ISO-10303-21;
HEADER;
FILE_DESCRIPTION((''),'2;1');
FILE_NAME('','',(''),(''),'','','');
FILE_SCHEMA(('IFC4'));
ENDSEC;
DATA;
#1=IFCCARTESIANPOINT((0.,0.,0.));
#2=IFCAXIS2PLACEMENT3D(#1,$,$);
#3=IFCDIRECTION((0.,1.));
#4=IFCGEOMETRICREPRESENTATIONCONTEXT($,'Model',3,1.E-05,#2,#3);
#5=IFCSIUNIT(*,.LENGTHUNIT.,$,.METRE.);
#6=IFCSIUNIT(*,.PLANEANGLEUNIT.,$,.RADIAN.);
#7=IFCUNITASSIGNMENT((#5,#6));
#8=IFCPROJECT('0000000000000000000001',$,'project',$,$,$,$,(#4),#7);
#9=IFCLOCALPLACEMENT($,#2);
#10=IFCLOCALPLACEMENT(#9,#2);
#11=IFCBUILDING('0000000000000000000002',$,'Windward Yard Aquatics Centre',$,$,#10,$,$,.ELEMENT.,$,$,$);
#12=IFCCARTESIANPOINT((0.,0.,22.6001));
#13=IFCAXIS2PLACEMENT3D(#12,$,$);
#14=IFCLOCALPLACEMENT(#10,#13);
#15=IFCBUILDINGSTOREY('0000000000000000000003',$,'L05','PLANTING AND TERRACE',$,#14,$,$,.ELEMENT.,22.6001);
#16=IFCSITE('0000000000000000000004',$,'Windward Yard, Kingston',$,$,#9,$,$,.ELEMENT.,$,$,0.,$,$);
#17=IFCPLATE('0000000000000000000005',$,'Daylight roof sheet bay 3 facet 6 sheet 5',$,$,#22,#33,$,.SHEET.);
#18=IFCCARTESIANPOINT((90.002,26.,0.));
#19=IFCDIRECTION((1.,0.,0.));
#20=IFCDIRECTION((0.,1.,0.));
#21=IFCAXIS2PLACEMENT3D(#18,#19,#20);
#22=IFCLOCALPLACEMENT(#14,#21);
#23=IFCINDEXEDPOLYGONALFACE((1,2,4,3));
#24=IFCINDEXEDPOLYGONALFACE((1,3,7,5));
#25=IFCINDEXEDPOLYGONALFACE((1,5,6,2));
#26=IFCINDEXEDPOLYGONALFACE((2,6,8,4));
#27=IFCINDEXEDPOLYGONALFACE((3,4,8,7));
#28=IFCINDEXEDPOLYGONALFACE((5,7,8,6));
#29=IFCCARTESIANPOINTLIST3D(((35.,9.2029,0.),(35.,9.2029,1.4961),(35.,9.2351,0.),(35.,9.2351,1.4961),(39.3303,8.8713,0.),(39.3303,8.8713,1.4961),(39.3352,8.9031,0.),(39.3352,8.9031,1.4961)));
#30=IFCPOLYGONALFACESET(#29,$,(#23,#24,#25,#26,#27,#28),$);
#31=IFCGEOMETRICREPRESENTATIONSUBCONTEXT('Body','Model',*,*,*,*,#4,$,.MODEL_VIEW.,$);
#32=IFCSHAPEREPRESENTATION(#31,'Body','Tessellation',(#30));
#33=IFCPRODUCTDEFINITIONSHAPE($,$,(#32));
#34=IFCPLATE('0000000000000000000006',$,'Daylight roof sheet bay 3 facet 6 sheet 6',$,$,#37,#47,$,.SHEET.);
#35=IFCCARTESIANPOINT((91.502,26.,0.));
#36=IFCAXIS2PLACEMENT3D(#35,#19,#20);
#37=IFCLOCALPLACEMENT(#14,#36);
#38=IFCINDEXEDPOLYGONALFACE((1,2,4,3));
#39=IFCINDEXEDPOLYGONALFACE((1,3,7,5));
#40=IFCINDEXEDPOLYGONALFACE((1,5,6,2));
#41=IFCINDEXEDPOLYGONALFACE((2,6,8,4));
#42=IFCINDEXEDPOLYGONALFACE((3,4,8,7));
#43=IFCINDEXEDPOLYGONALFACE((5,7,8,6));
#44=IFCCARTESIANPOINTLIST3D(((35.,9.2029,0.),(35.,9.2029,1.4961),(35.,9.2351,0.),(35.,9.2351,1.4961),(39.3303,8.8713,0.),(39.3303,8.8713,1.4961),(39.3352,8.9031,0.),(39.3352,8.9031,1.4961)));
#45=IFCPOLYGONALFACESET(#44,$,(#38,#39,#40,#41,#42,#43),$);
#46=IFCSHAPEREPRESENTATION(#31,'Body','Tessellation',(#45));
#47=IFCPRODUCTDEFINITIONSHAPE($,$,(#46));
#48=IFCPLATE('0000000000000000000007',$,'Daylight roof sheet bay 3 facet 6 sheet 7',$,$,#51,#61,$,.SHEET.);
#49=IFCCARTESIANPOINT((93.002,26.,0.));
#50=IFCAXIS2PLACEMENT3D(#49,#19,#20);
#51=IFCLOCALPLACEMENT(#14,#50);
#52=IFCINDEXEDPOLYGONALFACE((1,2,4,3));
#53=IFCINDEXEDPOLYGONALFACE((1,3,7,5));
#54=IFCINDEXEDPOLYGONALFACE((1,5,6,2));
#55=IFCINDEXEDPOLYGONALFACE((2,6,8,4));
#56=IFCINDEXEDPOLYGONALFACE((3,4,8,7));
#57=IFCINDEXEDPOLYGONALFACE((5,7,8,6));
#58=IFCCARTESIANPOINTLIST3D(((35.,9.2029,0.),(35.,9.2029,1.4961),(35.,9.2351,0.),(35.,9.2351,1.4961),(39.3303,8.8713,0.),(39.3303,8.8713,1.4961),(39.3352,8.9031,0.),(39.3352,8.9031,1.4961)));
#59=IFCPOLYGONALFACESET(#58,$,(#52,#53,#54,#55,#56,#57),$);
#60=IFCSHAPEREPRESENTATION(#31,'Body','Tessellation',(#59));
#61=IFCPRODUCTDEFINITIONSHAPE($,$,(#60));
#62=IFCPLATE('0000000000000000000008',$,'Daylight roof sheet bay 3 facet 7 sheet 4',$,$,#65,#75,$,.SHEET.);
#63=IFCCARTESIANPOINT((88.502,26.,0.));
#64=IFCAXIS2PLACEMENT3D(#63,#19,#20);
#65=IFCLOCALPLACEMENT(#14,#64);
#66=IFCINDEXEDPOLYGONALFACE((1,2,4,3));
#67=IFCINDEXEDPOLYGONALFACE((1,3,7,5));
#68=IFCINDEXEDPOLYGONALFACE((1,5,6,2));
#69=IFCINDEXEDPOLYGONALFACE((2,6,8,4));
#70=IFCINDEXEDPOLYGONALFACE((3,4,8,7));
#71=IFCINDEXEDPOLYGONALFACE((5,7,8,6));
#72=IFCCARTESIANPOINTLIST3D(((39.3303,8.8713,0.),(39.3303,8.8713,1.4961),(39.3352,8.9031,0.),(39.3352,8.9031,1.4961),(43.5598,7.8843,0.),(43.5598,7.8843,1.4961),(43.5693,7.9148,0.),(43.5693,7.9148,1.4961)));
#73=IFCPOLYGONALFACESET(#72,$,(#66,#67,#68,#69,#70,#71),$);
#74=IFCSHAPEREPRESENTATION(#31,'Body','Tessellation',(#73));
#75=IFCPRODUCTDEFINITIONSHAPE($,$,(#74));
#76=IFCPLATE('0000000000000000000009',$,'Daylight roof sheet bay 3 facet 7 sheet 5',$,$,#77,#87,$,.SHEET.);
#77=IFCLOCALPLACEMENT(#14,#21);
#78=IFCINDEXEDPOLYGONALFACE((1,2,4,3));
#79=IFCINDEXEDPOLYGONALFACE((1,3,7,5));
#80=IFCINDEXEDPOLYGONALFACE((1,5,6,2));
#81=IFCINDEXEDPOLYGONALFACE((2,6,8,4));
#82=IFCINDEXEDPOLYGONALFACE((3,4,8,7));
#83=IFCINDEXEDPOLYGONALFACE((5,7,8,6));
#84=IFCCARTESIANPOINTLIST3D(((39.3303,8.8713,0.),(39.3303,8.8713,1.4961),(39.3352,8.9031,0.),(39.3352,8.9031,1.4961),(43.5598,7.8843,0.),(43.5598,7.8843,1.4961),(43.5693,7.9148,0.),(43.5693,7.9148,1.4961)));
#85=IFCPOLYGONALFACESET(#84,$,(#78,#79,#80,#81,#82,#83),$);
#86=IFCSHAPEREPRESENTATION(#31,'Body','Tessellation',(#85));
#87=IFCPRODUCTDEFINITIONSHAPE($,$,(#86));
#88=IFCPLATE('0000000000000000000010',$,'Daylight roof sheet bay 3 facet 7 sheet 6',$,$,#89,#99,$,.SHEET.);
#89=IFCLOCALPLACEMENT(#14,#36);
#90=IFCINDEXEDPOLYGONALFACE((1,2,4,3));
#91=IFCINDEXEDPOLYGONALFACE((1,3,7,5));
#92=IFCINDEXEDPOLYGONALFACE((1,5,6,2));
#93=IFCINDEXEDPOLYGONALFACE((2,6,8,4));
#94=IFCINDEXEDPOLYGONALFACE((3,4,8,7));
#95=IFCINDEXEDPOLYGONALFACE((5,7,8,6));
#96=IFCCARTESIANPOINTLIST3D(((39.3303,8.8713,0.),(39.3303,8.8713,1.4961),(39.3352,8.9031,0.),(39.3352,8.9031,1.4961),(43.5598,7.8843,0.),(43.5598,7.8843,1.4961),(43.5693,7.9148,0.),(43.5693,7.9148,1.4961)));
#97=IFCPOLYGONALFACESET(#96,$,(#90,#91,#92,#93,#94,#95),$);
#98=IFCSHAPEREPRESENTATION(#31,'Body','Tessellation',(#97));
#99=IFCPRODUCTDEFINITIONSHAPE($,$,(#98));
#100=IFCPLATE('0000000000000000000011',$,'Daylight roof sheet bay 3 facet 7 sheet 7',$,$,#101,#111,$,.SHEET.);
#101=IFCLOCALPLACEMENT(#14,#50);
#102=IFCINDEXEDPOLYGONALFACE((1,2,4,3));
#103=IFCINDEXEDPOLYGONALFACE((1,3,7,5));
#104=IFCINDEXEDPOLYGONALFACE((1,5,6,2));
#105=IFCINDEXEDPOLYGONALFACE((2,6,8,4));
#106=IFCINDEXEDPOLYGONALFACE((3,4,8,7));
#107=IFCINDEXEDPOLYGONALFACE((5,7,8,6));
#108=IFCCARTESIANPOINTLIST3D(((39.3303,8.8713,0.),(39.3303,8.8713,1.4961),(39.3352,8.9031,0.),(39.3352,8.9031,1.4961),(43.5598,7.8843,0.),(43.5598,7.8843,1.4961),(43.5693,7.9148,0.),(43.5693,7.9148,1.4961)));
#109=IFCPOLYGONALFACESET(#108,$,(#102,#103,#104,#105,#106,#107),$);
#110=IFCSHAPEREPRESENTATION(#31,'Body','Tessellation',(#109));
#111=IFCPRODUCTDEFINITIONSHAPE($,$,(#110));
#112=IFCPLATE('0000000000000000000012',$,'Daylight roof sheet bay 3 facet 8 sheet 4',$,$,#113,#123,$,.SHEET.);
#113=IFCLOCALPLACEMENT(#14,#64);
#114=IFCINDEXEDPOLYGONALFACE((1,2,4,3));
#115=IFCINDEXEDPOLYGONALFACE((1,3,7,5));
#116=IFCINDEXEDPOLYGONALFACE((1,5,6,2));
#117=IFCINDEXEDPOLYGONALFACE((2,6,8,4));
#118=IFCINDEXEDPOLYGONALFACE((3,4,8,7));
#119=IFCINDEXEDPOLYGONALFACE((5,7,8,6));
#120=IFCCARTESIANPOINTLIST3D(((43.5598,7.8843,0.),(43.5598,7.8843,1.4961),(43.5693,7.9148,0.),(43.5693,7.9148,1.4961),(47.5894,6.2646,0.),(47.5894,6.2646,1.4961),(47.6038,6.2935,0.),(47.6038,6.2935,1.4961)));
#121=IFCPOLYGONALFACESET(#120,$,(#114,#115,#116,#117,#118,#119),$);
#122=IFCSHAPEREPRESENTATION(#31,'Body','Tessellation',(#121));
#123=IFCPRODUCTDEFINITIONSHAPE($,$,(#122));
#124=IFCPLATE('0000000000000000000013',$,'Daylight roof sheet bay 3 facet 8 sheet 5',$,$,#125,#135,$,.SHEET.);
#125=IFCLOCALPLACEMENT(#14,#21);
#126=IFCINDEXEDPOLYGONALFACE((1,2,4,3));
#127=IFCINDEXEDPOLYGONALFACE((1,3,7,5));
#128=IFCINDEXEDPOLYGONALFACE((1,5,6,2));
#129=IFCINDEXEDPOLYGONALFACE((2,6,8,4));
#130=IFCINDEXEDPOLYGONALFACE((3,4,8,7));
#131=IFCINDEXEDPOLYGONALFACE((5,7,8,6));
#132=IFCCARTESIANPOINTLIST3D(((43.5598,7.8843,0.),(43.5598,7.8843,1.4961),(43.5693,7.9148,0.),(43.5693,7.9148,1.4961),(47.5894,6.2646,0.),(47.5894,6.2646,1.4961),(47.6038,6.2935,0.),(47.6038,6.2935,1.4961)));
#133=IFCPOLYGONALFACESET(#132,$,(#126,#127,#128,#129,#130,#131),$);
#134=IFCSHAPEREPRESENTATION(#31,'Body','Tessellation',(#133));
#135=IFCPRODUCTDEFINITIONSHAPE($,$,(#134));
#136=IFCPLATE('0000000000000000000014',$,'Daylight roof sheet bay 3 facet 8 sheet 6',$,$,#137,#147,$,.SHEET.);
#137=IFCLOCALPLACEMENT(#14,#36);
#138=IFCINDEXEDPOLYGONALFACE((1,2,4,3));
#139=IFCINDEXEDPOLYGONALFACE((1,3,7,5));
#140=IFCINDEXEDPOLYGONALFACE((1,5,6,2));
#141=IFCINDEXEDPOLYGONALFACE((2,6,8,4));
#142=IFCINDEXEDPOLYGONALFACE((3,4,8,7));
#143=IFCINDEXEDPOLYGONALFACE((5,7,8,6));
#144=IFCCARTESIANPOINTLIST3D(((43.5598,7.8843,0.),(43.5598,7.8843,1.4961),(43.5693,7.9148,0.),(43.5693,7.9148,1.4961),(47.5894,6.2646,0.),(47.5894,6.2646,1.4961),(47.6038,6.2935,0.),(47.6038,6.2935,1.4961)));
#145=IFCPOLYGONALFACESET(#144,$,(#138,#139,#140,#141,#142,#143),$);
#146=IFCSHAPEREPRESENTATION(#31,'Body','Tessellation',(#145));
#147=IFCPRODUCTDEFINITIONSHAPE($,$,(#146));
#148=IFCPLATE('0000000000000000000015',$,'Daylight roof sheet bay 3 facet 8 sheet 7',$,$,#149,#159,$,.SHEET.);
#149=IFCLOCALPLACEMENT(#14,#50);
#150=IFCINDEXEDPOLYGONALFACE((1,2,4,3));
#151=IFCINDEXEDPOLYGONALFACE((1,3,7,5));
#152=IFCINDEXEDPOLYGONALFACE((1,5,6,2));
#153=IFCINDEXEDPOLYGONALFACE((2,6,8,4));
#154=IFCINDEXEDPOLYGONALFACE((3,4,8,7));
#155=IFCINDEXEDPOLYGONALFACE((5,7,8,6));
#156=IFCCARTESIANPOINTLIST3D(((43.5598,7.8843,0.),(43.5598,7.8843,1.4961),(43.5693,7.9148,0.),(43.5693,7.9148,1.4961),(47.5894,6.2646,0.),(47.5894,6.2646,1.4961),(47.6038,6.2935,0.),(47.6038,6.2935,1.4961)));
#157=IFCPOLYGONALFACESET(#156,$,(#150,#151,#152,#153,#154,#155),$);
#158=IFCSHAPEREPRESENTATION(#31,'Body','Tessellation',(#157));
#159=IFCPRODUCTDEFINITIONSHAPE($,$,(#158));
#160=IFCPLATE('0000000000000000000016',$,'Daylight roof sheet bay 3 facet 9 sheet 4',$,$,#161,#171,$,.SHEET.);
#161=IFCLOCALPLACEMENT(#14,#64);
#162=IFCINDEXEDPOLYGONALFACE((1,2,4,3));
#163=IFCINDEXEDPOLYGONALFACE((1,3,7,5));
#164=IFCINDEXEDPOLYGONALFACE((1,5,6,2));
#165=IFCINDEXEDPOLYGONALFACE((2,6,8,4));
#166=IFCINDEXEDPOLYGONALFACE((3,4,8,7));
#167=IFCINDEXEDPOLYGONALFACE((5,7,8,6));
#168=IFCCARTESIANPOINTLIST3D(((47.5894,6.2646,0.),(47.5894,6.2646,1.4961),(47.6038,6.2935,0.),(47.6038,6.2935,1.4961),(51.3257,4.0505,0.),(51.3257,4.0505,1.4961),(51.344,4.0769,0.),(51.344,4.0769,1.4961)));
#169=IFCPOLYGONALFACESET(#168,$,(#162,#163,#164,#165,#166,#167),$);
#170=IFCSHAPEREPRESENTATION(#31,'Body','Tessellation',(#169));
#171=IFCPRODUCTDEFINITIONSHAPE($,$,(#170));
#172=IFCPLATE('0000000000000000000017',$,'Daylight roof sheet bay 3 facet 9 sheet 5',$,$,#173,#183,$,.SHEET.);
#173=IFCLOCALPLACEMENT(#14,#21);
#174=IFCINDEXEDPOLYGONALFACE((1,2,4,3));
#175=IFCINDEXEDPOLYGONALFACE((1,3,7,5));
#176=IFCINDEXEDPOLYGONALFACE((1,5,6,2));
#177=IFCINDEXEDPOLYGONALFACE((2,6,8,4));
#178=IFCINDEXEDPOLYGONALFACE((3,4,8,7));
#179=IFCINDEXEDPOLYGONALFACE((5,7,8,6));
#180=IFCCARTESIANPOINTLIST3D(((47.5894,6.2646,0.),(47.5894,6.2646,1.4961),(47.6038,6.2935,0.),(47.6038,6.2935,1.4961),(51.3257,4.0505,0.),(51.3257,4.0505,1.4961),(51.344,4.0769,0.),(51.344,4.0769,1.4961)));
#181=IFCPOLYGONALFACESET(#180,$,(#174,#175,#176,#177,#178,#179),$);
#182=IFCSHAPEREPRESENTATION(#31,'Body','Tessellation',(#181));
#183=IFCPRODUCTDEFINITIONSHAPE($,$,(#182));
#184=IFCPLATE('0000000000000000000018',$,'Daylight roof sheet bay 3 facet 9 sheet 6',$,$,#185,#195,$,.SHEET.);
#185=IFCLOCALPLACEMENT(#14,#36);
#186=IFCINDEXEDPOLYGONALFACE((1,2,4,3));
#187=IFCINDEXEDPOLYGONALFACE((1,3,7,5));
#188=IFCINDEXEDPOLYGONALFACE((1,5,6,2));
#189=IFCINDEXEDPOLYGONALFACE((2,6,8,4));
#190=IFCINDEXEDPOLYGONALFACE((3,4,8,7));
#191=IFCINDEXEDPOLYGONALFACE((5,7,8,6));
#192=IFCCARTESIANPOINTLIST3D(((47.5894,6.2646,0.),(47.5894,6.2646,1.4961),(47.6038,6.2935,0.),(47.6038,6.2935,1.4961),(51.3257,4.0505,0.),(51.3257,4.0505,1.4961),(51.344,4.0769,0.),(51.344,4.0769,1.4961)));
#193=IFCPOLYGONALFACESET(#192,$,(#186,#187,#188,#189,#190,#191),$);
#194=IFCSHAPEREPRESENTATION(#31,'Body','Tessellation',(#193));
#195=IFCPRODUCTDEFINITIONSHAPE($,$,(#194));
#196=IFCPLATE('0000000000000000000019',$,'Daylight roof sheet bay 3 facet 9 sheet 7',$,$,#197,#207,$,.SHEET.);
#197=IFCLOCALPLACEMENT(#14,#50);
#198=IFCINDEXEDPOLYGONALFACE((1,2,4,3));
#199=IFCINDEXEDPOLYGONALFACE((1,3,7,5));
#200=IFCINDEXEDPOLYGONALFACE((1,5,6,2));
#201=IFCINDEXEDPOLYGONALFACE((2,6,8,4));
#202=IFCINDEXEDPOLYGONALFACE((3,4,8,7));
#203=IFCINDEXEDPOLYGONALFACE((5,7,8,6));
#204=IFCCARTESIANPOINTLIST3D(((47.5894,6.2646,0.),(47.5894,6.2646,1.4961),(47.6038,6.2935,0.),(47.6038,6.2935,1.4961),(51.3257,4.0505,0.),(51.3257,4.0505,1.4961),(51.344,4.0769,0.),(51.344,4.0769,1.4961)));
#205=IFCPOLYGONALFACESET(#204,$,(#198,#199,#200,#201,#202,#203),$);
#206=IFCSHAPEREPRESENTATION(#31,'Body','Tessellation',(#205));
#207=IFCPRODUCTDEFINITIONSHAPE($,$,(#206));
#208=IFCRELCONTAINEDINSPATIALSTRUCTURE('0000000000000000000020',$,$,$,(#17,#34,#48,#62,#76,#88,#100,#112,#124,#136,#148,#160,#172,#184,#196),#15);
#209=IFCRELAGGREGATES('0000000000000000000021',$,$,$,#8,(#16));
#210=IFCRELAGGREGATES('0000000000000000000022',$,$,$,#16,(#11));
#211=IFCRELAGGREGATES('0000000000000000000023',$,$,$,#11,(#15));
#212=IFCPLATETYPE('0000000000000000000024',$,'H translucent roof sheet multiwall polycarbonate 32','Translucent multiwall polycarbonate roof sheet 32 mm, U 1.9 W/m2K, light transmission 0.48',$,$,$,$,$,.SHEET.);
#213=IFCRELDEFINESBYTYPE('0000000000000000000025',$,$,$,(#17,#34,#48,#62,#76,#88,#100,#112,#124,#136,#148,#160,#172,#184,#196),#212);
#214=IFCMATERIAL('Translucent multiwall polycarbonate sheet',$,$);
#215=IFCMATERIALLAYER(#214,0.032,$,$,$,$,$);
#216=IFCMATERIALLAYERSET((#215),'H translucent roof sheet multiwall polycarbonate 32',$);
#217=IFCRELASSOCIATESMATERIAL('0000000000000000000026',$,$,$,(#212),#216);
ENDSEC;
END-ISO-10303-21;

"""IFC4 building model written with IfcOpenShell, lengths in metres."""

from ifc_helpers import new_model, si_unit, direction, frame, origin, place, context, subcontext, project, spatial, polyline, outline, extrude, material, layer, layer_set, type_object, element, save


model = new_model("IFC4")

# Units and contexts
model_context = context("Model", 3, precision=1e-05, world=origin(), true_north=direction((0.0, 1.0)))
body_context = subcontext(model_context, "Body", "Model", "MODEL_VIEW")
ifc_project = project(units=[si_unit("LENGTHUNIT", "METRE"), si_unit("PLANEANGLEUNIT", "RADIAN")], contexts=[model_context])

# Site, building, storey
site_placement = place(None, origin())
site = spatial("IfcSite", under=ifc_project, at=site_placement, Name="Windward Yard, Kingston", CompositionType="ELEMENT", RefElevation=0.0)
building_placement = place(site_placement, origin())
building = spatial("IfcBuilding", under=site, at=building_placement, Name="Windward Yard Aquatics Centre", CompositionType="ELEMENT")
storey_placement = place(building_placement, frame((0.0, 0.0, 22.6001)))
storey = spatial("IfcBuildingStorey", under=building, at=storey_placement, Name="L05", Description="PLANTING AND TERRACE", CompositionType="ELEMENT", Elevation=22.6001)

# Plates
ifc_material = material(Name="Translucent multiwall polycarbonate sheet")
ifc_layer = layer(ifc_material, 0.032)
ifc_layer_set = layer_set([ifc_layer], Name="H translucent roof sheet multiwall polycarbonate 32")
plate_type = type_object("IfcPlateType", Name="H translucent roof sheet multiwall polycarbonate 32", Description="Translucent multiwall polycarbonate roof sheet 32 mm, U 1.9 W/m2K, light transmission 0.48", PredefinedType="SHEET", material=ifc_layer_set)
for number, where, z_axis, x_axis, name in (
    (1, (90.002, 26.0, 0.0), (1.0, 0.0, 0.0), (0.0, 1.0, 0.0), "Daylight roof sheet bay 3 facet 6 sheet 5"),
    (2, (91.502, 26.0, 0.0), (1.0, 0.0, 0.0), (0.0, 1.0, 0.0), "Daylight roof sheet bay 3 facet 6 sheet 6"),
    (3, (93.002, 26.0, 0.0), (1.0, 0.0, 0.0), (0.0, 1.0, 0.0), "Daylight roof sheet bay 3 facet 6 sheet 7"),
):
    element("IfcPlate", number, at=place(storey_placement, frame(where, z_axis=z_axis, x_axis=x_axis)), inside=storey, type_object=plate_type, Name=name, PredefinedType="SHEET", context=body_context, shape_type="SweptSolid", body=[
        extrude(outline(polyline([(35.0, 9.2029), (39.3303, 8.8713), (39.3352, 8.9031), (35.0, 9.2351), (35.0, 9.2029)])), origin(), (0.0, 0.0, 1.0), 1.4961),
    ])
for number, where, z_axis, x_axis, name in (
    (4, (88.502, 26.0, 0.0), (1.0, 0.0, 0.0), (0.0, 1.0, 0.0), "Daylight roof sheet bay 3 facet 7 sheet 4"),
    (5, (90.002, 26.0, 0.0), (1.0, 0.0, 0.0), (0.0, 1.0, 0.0), "Daylight roof sheet bay 3 facet 7 sheet 5"),
    (6, (91.502, 26.0, 0.0), (1.0, 0.0, 0.0), (0.0, 1.0, 0.0), "Daylight roof sheet bay 3 facet 7 sheet 6"),
    (7, (93.002, 26.0, 0.0), (1.0, 0.0, 0.0), (0.0, 1.0, 0.0), "Daylight roof sheet bay 3 facet 7 sheet 7"),
):
    element("IfcPlate", number, at=place(storey_placement, frame(where, z_axis=z_axis, x_axis=x_axis)), inside=storey, type_object=plate_type, Name=name, PredefinedType="SHEET", context=body_context, shape_type="SweptSolid", body=[
        extrude(outline(polyline([(39.3303, 8.8713), (43.5598, 7.8843), (43.5693, 7.9148), (39.3352, 8.9031), (39.3303, 8.8713)])), origin(), (0.0, 0.0, 1.0), 1.4961),
    ])
for number, where, z_axis, x_axis, name in (
    (8, (88.502, 26.0, 0.0), (1.0, 0.0, 0.0), (0.0, 1.0, 0.0), "Daylight roof sheet bay 3 facet 8 sheet 4"),
    (9, (90.002, 26.0, 0.0), (1.0, 0.0, 0.0), (0.0, 1.0, 0.0), "Daylight roof sheet bay 3 facet 8 sheet 5"),
    (10, (91.502, 26.0, 0.0), (1.0, 0.0, 0.0), (0.0, 1.0, 0.0), "Daylight roof sheet bay 3 facet 8 sheet 6"),
    (11, (93.002, 26.0, 0.0), (1.0, 0.0, 0.0), (0.0, 1.0, 0.0), "Daylight roof sheet bay 3 facet 8 sheet 7"),
):
    element("IfcPlate", number, at=place(storey_placement, frame(where, z_axis=z_axis, x_axis=x_axis)), inside=storey, type_object=plate_type, Name=name, PredefinedType="SHEET", context=body_context, shape_type="SweptSolid", body=[
        extrude(outline(polyline([(43.5598, 7.8843), (47.5894, 6.2646), (47.6038, 6.2935), (43.5693, 7.9148), (43.5598, 7.8843)])), origin(), (0.0, 0.0, 1.0), 1.4961),
    ])
for number, where, z_axis, x_axis, name in (
    (12, (88.502, 26.0, 0.0), (1.0, 0.0, 0.0), (0.0, 1.0, 0.0), "Daylight roof sheet bay 3 facet 9 sheet 4"),
    (13, (90.002, 26.0, 0.0), (1.0, 0.0, 0.0), (0.0, 1.0, 0.0), "Daylight roof sheet bay 3 facet 9 sheet 5"),
    (14, (91.502, 26.0, 0.0), (1.0, 0.0, 0.0), (0.0, 1.0, 0.0), "Daylight roof sheet bay 3 facet 9 sheet 6"),
    (15, (93.002, 26.0, 0.0), (1.0, 0.0, 0.0), (0.0, 1.0, 0.0), "Daylight roof sheet bay 3 facet 9 sheet 7"),
):
    element("IfcPlate", number, at=place(storey_placement, frame(where, z_axis=z_axis, x_axis=x_axis)), inside=storey, type_object=plate_type, Name=name, PredefinedType="SHEET", context=body_context, shape_type="SweptSolid", body=[
        extrude(outline(polyline([(47.5894, 6.2646), (51.3257, 4.0505), (51.344, 4.0769), (47.6038, 6.2935), (47.5894, 6.2646)])), origin(), (0.0, 0.0, 1.0), 1.4961),
    ])

save(model, "model.ifc")
